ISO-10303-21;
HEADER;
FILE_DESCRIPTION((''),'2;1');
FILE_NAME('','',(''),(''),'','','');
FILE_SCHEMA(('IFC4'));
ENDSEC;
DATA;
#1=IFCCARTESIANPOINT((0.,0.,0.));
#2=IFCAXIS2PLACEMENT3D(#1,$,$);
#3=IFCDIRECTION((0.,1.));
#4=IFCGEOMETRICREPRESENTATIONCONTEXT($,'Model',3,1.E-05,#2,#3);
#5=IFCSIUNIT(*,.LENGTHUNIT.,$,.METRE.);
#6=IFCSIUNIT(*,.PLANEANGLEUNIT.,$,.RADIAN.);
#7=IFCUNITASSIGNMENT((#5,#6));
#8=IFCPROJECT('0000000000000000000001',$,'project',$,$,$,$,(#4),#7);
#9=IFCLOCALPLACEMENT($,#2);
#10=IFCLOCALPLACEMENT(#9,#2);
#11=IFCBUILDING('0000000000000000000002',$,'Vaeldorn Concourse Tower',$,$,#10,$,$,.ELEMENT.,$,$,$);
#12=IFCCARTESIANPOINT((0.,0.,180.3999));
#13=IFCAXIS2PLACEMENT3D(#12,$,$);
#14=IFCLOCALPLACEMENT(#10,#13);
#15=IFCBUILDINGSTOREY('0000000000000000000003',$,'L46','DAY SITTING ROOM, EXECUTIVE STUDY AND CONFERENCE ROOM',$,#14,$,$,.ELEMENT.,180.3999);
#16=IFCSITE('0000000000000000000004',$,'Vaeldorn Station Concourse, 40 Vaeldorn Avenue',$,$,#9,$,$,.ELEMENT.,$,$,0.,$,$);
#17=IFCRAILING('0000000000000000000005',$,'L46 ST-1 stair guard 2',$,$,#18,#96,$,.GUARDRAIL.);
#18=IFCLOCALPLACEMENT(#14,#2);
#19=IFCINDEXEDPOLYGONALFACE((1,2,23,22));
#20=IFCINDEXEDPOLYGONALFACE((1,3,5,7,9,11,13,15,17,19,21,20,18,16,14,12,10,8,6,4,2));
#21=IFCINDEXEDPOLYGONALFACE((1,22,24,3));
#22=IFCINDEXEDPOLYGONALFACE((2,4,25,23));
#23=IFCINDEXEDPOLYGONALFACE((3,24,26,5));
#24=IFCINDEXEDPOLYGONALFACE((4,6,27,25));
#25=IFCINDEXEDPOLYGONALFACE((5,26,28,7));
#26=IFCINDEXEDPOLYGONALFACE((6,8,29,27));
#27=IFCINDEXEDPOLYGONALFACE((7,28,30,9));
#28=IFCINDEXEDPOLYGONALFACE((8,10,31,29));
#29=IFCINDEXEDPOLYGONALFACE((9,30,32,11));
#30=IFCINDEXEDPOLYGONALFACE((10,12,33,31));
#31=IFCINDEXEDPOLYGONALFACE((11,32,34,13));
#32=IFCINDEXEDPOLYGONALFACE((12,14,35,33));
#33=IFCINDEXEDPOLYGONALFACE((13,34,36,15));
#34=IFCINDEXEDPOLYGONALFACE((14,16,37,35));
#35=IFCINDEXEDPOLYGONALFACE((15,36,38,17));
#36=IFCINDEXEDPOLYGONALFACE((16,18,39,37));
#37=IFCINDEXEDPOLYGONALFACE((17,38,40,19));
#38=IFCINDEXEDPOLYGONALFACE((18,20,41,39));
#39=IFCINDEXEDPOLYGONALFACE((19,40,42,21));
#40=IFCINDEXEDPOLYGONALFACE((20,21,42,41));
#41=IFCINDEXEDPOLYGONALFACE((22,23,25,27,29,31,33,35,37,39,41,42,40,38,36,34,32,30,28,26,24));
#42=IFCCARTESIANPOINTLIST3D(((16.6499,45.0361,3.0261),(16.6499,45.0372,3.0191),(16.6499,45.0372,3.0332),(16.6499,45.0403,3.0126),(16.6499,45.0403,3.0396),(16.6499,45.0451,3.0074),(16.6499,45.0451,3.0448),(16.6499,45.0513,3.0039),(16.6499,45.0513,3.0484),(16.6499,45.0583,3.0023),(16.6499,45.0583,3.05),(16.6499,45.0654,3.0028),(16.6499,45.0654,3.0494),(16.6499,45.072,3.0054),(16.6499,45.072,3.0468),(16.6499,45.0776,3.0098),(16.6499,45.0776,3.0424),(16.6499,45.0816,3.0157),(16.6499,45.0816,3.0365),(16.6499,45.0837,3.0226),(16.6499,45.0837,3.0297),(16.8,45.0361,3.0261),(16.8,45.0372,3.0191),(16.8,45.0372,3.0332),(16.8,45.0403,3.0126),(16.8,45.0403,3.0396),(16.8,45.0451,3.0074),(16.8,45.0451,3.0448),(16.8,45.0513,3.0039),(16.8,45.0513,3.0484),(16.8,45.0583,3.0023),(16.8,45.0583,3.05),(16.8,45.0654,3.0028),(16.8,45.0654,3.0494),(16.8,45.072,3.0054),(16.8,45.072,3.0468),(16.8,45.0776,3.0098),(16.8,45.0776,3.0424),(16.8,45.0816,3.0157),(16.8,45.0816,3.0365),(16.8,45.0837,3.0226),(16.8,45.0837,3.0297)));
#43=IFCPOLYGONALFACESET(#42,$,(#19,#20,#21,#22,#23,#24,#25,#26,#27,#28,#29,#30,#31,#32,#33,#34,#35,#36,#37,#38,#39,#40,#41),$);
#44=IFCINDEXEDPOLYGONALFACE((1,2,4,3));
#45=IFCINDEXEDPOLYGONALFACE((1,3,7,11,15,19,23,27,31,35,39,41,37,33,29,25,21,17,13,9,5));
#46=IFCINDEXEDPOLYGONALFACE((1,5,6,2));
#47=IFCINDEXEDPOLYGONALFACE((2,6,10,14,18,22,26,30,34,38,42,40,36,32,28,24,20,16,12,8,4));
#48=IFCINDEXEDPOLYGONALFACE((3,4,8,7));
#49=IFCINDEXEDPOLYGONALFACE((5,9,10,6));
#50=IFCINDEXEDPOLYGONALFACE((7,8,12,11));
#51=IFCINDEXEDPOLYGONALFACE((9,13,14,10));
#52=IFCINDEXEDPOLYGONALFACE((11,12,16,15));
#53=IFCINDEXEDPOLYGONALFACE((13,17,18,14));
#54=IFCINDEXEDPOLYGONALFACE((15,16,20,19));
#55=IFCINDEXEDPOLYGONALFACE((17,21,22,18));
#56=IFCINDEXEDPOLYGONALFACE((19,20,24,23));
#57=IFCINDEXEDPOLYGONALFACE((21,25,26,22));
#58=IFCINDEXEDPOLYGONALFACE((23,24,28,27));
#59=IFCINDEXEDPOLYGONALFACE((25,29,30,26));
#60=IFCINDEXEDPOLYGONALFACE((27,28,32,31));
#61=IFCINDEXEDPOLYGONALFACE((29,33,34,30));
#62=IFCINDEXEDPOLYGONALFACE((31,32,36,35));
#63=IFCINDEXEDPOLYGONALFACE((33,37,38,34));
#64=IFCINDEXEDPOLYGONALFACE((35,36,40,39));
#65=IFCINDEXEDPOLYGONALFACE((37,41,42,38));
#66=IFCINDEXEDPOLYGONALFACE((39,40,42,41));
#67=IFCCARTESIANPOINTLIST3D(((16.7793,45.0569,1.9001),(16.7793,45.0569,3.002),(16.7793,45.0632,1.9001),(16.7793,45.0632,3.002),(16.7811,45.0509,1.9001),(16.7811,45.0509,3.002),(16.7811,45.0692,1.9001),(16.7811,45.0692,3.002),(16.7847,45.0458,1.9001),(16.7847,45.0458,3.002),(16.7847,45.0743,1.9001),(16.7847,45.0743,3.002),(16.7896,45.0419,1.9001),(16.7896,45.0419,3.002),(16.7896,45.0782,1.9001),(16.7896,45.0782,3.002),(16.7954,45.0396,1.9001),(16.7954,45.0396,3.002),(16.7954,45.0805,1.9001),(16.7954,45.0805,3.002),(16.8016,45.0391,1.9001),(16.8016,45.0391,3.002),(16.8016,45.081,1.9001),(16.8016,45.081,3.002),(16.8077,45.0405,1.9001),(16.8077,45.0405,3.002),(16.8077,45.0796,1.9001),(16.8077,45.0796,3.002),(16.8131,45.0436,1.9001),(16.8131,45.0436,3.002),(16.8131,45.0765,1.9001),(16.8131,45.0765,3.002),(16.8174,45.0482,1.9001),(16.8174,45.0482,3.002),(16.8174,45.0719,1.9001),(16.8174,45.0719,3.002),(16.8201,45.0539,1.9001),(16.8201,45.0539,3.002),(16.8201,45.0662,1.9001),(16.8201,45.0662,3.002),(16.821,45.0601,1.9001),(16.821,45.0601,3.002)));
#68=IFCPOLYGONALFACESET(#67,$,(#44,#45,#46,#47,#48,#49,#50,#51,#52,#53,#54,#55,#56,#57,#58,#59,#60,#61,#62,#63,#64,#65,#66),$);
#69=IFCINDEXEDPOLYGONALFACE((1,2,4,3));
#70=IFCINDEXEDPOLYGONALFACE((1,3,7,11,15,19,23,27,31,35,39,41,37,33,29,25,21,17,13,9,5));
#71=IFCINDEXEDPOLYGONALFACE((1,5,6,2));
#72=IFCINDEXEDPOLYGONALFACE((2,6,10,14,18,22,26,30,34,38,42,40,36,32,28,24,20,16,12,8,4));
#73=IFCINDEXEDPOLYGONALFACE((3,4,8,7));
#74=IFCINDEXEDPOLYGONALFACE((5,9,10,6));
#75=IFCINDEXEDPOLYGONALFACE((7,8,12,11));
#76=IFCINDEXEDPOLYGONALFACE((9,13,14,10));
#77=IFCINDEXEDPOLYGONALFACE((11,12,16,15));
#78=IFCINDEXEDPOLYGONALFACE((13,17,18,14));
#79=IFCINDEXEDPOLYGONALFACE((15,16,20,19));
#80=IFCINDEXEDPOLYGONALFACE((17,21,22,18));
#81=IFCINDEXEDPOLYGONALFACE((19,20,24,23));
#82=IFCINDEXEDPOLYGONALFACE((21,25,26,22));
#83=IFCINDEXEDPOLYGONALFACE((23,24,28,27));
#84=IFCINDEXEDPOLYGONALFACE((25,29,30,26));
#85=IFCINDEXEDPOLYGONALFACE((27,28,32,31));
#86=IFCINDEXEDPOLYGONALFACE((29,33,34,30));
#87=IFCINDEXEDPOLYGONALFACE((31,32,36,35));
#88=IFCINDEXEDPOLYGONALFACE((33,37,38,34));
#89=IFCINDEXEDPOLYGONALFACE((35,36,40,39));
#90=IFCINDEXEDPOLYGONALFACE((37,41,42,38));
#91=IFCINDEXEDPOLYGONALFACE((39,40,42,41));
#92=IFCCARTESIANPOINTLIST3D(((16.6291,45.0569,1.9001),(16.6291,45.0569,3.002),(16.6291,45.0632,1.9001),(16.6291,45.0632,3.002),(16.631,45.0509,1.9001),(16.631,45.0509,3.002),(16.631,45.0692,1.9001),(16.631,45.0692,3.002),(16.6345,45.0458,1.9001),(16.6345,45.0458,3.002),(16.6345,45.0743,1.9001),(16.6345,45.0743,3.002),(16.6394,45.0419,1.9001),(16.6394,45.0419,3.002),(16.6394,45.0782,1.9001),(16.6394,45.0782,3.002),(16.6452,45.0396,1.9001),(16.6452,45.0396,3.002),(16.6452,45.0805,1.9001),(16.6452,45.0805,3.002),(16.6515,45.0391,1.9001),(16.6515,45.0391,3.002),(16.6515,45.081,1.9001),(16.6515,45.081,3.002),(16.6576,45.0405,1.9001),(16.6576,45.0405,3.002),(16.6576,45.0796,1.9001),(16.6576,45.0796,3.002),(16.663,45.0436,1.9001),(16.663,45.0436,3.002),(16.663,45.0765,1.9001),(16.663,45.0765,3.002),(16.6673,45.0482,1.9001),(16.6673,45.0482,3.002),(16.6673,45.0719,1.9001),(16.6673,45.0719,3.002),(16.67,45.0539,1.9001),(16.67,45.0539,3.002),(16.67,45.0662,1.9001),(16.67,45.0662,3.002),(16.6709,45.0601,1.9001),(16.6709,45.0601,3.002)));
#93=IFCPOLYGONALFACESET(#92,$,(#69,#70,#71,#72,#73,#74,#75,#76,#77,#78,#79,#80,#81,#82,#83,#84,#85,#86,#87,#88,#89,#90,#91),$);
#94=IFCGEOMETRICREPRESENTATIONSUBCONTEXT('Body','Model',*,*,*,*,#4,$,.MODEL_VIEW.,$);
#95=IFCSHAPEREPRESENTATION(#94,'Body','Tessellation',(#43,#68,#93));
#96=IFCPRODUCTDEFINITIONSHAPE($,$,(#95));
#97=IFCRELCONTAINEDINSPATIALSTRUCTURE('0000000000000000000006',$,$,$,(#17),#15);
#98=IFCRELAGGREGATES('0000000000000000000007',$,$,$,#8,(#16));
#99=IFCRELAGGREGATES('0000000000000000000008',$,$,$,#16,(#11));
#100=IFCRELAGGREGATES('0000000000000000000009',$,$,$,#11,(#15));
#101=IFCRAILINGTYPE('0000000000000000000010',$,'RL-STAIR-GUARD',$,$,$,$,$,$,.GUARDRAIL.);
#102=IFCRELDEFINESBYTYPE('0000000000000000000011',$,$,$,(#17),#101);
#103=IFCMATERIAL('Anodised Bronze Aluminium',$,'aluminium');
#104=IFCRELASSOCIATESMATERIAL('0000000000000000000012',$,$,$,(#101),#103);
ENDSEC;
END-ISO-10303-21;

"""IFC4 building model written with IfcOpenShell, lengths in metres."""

from ifc_helpers import new_model, si_unit, direction, frame, origin, origin_2d, place, context, subcontext, project, spatial, circle, extrude, material, type_object, element, save


model = new_model("IFC4")

# Units and contexts
model_context = context("Model", 3, precision=1e-05, world=origin(), true_north=direction((0.0, 1.0)))
body_context = subcontext(model_context, "Body", "Model", "MODEL_VIEW")
ifc_project = project(units=[si_unit("LENGTHUNIT", "METRE"), si_unit("PLANEANGLEUNIT", "RADIAN")], contexts=[model_context])

# Site, building, storey
site_placement = place(None, origin())
site = spatial("IfcSite", under=ifc_project, at=site_placement, Name="Vaeldorn Station Concourse, 40 Vaeldorn Avenue", CompositionType="ELEMENT", RefElevation=0.0)
building_placement = place(site_placement, origin())
building = spatial("IfcBuilding", under=site, at=building_placement, Name="Vaeldorn Concourse Tower", CompositionType="ELEMENT")
storey_placement = place(building_placement, frame((0.0, 0.0, 180.3999)))
storey = spatial("IfcBuildingStorey", under=building, at=storey_placement, Name="L46", Description="DAY SITTING ROOM, EXECUTIVE STUDY AND CONFERENCE ROOM", CompositionType="ELEMENT", Elevation=180.3999)

# Shared definitions
ifc_material_1 = material(Name="Anodised Bronze Aluminium", Category="aluminium")

# Railing
railing_type_1 = type_object("IfcRailingType", Name="RL-STAIR-GUARD", PredefinedType="GUARDRAIL", material=ifc_material_1)
railing_1_placement = place(storey_placement, frame((16.8, 45.0601, 1.9001)))
element("IfcRailing", 1, at=railing_1_placement, inside=storey, type_object=railing_type_1, Name="L46 ST-1 stair guard 2", PredefinedType="GUARDRAIL", context=body_context, shape_type="SweptSolid", body=[
    extrude(circle(Radius=0.0239, at=origin_2d()), frame((0.0, 0.0, 1.126), z_axis=(-1.0, 0.0, 0.0), x_axis=(0.0, -1.0, 0.0)), (0.0, 0.0, 1.0), 0.1501),
    extrude(circle(Radius=0.021, at=origin_2d()), origin(), (0.0, 0.0, 1.0), 1.1018),
    extrude(circle(Radius=0.021, at=origin_2d()), frame((-0.1501, 0.0, 0.0)), (0.0, 0.0, 1.0), 1.1018),
])

save(model, "model.ifc")
